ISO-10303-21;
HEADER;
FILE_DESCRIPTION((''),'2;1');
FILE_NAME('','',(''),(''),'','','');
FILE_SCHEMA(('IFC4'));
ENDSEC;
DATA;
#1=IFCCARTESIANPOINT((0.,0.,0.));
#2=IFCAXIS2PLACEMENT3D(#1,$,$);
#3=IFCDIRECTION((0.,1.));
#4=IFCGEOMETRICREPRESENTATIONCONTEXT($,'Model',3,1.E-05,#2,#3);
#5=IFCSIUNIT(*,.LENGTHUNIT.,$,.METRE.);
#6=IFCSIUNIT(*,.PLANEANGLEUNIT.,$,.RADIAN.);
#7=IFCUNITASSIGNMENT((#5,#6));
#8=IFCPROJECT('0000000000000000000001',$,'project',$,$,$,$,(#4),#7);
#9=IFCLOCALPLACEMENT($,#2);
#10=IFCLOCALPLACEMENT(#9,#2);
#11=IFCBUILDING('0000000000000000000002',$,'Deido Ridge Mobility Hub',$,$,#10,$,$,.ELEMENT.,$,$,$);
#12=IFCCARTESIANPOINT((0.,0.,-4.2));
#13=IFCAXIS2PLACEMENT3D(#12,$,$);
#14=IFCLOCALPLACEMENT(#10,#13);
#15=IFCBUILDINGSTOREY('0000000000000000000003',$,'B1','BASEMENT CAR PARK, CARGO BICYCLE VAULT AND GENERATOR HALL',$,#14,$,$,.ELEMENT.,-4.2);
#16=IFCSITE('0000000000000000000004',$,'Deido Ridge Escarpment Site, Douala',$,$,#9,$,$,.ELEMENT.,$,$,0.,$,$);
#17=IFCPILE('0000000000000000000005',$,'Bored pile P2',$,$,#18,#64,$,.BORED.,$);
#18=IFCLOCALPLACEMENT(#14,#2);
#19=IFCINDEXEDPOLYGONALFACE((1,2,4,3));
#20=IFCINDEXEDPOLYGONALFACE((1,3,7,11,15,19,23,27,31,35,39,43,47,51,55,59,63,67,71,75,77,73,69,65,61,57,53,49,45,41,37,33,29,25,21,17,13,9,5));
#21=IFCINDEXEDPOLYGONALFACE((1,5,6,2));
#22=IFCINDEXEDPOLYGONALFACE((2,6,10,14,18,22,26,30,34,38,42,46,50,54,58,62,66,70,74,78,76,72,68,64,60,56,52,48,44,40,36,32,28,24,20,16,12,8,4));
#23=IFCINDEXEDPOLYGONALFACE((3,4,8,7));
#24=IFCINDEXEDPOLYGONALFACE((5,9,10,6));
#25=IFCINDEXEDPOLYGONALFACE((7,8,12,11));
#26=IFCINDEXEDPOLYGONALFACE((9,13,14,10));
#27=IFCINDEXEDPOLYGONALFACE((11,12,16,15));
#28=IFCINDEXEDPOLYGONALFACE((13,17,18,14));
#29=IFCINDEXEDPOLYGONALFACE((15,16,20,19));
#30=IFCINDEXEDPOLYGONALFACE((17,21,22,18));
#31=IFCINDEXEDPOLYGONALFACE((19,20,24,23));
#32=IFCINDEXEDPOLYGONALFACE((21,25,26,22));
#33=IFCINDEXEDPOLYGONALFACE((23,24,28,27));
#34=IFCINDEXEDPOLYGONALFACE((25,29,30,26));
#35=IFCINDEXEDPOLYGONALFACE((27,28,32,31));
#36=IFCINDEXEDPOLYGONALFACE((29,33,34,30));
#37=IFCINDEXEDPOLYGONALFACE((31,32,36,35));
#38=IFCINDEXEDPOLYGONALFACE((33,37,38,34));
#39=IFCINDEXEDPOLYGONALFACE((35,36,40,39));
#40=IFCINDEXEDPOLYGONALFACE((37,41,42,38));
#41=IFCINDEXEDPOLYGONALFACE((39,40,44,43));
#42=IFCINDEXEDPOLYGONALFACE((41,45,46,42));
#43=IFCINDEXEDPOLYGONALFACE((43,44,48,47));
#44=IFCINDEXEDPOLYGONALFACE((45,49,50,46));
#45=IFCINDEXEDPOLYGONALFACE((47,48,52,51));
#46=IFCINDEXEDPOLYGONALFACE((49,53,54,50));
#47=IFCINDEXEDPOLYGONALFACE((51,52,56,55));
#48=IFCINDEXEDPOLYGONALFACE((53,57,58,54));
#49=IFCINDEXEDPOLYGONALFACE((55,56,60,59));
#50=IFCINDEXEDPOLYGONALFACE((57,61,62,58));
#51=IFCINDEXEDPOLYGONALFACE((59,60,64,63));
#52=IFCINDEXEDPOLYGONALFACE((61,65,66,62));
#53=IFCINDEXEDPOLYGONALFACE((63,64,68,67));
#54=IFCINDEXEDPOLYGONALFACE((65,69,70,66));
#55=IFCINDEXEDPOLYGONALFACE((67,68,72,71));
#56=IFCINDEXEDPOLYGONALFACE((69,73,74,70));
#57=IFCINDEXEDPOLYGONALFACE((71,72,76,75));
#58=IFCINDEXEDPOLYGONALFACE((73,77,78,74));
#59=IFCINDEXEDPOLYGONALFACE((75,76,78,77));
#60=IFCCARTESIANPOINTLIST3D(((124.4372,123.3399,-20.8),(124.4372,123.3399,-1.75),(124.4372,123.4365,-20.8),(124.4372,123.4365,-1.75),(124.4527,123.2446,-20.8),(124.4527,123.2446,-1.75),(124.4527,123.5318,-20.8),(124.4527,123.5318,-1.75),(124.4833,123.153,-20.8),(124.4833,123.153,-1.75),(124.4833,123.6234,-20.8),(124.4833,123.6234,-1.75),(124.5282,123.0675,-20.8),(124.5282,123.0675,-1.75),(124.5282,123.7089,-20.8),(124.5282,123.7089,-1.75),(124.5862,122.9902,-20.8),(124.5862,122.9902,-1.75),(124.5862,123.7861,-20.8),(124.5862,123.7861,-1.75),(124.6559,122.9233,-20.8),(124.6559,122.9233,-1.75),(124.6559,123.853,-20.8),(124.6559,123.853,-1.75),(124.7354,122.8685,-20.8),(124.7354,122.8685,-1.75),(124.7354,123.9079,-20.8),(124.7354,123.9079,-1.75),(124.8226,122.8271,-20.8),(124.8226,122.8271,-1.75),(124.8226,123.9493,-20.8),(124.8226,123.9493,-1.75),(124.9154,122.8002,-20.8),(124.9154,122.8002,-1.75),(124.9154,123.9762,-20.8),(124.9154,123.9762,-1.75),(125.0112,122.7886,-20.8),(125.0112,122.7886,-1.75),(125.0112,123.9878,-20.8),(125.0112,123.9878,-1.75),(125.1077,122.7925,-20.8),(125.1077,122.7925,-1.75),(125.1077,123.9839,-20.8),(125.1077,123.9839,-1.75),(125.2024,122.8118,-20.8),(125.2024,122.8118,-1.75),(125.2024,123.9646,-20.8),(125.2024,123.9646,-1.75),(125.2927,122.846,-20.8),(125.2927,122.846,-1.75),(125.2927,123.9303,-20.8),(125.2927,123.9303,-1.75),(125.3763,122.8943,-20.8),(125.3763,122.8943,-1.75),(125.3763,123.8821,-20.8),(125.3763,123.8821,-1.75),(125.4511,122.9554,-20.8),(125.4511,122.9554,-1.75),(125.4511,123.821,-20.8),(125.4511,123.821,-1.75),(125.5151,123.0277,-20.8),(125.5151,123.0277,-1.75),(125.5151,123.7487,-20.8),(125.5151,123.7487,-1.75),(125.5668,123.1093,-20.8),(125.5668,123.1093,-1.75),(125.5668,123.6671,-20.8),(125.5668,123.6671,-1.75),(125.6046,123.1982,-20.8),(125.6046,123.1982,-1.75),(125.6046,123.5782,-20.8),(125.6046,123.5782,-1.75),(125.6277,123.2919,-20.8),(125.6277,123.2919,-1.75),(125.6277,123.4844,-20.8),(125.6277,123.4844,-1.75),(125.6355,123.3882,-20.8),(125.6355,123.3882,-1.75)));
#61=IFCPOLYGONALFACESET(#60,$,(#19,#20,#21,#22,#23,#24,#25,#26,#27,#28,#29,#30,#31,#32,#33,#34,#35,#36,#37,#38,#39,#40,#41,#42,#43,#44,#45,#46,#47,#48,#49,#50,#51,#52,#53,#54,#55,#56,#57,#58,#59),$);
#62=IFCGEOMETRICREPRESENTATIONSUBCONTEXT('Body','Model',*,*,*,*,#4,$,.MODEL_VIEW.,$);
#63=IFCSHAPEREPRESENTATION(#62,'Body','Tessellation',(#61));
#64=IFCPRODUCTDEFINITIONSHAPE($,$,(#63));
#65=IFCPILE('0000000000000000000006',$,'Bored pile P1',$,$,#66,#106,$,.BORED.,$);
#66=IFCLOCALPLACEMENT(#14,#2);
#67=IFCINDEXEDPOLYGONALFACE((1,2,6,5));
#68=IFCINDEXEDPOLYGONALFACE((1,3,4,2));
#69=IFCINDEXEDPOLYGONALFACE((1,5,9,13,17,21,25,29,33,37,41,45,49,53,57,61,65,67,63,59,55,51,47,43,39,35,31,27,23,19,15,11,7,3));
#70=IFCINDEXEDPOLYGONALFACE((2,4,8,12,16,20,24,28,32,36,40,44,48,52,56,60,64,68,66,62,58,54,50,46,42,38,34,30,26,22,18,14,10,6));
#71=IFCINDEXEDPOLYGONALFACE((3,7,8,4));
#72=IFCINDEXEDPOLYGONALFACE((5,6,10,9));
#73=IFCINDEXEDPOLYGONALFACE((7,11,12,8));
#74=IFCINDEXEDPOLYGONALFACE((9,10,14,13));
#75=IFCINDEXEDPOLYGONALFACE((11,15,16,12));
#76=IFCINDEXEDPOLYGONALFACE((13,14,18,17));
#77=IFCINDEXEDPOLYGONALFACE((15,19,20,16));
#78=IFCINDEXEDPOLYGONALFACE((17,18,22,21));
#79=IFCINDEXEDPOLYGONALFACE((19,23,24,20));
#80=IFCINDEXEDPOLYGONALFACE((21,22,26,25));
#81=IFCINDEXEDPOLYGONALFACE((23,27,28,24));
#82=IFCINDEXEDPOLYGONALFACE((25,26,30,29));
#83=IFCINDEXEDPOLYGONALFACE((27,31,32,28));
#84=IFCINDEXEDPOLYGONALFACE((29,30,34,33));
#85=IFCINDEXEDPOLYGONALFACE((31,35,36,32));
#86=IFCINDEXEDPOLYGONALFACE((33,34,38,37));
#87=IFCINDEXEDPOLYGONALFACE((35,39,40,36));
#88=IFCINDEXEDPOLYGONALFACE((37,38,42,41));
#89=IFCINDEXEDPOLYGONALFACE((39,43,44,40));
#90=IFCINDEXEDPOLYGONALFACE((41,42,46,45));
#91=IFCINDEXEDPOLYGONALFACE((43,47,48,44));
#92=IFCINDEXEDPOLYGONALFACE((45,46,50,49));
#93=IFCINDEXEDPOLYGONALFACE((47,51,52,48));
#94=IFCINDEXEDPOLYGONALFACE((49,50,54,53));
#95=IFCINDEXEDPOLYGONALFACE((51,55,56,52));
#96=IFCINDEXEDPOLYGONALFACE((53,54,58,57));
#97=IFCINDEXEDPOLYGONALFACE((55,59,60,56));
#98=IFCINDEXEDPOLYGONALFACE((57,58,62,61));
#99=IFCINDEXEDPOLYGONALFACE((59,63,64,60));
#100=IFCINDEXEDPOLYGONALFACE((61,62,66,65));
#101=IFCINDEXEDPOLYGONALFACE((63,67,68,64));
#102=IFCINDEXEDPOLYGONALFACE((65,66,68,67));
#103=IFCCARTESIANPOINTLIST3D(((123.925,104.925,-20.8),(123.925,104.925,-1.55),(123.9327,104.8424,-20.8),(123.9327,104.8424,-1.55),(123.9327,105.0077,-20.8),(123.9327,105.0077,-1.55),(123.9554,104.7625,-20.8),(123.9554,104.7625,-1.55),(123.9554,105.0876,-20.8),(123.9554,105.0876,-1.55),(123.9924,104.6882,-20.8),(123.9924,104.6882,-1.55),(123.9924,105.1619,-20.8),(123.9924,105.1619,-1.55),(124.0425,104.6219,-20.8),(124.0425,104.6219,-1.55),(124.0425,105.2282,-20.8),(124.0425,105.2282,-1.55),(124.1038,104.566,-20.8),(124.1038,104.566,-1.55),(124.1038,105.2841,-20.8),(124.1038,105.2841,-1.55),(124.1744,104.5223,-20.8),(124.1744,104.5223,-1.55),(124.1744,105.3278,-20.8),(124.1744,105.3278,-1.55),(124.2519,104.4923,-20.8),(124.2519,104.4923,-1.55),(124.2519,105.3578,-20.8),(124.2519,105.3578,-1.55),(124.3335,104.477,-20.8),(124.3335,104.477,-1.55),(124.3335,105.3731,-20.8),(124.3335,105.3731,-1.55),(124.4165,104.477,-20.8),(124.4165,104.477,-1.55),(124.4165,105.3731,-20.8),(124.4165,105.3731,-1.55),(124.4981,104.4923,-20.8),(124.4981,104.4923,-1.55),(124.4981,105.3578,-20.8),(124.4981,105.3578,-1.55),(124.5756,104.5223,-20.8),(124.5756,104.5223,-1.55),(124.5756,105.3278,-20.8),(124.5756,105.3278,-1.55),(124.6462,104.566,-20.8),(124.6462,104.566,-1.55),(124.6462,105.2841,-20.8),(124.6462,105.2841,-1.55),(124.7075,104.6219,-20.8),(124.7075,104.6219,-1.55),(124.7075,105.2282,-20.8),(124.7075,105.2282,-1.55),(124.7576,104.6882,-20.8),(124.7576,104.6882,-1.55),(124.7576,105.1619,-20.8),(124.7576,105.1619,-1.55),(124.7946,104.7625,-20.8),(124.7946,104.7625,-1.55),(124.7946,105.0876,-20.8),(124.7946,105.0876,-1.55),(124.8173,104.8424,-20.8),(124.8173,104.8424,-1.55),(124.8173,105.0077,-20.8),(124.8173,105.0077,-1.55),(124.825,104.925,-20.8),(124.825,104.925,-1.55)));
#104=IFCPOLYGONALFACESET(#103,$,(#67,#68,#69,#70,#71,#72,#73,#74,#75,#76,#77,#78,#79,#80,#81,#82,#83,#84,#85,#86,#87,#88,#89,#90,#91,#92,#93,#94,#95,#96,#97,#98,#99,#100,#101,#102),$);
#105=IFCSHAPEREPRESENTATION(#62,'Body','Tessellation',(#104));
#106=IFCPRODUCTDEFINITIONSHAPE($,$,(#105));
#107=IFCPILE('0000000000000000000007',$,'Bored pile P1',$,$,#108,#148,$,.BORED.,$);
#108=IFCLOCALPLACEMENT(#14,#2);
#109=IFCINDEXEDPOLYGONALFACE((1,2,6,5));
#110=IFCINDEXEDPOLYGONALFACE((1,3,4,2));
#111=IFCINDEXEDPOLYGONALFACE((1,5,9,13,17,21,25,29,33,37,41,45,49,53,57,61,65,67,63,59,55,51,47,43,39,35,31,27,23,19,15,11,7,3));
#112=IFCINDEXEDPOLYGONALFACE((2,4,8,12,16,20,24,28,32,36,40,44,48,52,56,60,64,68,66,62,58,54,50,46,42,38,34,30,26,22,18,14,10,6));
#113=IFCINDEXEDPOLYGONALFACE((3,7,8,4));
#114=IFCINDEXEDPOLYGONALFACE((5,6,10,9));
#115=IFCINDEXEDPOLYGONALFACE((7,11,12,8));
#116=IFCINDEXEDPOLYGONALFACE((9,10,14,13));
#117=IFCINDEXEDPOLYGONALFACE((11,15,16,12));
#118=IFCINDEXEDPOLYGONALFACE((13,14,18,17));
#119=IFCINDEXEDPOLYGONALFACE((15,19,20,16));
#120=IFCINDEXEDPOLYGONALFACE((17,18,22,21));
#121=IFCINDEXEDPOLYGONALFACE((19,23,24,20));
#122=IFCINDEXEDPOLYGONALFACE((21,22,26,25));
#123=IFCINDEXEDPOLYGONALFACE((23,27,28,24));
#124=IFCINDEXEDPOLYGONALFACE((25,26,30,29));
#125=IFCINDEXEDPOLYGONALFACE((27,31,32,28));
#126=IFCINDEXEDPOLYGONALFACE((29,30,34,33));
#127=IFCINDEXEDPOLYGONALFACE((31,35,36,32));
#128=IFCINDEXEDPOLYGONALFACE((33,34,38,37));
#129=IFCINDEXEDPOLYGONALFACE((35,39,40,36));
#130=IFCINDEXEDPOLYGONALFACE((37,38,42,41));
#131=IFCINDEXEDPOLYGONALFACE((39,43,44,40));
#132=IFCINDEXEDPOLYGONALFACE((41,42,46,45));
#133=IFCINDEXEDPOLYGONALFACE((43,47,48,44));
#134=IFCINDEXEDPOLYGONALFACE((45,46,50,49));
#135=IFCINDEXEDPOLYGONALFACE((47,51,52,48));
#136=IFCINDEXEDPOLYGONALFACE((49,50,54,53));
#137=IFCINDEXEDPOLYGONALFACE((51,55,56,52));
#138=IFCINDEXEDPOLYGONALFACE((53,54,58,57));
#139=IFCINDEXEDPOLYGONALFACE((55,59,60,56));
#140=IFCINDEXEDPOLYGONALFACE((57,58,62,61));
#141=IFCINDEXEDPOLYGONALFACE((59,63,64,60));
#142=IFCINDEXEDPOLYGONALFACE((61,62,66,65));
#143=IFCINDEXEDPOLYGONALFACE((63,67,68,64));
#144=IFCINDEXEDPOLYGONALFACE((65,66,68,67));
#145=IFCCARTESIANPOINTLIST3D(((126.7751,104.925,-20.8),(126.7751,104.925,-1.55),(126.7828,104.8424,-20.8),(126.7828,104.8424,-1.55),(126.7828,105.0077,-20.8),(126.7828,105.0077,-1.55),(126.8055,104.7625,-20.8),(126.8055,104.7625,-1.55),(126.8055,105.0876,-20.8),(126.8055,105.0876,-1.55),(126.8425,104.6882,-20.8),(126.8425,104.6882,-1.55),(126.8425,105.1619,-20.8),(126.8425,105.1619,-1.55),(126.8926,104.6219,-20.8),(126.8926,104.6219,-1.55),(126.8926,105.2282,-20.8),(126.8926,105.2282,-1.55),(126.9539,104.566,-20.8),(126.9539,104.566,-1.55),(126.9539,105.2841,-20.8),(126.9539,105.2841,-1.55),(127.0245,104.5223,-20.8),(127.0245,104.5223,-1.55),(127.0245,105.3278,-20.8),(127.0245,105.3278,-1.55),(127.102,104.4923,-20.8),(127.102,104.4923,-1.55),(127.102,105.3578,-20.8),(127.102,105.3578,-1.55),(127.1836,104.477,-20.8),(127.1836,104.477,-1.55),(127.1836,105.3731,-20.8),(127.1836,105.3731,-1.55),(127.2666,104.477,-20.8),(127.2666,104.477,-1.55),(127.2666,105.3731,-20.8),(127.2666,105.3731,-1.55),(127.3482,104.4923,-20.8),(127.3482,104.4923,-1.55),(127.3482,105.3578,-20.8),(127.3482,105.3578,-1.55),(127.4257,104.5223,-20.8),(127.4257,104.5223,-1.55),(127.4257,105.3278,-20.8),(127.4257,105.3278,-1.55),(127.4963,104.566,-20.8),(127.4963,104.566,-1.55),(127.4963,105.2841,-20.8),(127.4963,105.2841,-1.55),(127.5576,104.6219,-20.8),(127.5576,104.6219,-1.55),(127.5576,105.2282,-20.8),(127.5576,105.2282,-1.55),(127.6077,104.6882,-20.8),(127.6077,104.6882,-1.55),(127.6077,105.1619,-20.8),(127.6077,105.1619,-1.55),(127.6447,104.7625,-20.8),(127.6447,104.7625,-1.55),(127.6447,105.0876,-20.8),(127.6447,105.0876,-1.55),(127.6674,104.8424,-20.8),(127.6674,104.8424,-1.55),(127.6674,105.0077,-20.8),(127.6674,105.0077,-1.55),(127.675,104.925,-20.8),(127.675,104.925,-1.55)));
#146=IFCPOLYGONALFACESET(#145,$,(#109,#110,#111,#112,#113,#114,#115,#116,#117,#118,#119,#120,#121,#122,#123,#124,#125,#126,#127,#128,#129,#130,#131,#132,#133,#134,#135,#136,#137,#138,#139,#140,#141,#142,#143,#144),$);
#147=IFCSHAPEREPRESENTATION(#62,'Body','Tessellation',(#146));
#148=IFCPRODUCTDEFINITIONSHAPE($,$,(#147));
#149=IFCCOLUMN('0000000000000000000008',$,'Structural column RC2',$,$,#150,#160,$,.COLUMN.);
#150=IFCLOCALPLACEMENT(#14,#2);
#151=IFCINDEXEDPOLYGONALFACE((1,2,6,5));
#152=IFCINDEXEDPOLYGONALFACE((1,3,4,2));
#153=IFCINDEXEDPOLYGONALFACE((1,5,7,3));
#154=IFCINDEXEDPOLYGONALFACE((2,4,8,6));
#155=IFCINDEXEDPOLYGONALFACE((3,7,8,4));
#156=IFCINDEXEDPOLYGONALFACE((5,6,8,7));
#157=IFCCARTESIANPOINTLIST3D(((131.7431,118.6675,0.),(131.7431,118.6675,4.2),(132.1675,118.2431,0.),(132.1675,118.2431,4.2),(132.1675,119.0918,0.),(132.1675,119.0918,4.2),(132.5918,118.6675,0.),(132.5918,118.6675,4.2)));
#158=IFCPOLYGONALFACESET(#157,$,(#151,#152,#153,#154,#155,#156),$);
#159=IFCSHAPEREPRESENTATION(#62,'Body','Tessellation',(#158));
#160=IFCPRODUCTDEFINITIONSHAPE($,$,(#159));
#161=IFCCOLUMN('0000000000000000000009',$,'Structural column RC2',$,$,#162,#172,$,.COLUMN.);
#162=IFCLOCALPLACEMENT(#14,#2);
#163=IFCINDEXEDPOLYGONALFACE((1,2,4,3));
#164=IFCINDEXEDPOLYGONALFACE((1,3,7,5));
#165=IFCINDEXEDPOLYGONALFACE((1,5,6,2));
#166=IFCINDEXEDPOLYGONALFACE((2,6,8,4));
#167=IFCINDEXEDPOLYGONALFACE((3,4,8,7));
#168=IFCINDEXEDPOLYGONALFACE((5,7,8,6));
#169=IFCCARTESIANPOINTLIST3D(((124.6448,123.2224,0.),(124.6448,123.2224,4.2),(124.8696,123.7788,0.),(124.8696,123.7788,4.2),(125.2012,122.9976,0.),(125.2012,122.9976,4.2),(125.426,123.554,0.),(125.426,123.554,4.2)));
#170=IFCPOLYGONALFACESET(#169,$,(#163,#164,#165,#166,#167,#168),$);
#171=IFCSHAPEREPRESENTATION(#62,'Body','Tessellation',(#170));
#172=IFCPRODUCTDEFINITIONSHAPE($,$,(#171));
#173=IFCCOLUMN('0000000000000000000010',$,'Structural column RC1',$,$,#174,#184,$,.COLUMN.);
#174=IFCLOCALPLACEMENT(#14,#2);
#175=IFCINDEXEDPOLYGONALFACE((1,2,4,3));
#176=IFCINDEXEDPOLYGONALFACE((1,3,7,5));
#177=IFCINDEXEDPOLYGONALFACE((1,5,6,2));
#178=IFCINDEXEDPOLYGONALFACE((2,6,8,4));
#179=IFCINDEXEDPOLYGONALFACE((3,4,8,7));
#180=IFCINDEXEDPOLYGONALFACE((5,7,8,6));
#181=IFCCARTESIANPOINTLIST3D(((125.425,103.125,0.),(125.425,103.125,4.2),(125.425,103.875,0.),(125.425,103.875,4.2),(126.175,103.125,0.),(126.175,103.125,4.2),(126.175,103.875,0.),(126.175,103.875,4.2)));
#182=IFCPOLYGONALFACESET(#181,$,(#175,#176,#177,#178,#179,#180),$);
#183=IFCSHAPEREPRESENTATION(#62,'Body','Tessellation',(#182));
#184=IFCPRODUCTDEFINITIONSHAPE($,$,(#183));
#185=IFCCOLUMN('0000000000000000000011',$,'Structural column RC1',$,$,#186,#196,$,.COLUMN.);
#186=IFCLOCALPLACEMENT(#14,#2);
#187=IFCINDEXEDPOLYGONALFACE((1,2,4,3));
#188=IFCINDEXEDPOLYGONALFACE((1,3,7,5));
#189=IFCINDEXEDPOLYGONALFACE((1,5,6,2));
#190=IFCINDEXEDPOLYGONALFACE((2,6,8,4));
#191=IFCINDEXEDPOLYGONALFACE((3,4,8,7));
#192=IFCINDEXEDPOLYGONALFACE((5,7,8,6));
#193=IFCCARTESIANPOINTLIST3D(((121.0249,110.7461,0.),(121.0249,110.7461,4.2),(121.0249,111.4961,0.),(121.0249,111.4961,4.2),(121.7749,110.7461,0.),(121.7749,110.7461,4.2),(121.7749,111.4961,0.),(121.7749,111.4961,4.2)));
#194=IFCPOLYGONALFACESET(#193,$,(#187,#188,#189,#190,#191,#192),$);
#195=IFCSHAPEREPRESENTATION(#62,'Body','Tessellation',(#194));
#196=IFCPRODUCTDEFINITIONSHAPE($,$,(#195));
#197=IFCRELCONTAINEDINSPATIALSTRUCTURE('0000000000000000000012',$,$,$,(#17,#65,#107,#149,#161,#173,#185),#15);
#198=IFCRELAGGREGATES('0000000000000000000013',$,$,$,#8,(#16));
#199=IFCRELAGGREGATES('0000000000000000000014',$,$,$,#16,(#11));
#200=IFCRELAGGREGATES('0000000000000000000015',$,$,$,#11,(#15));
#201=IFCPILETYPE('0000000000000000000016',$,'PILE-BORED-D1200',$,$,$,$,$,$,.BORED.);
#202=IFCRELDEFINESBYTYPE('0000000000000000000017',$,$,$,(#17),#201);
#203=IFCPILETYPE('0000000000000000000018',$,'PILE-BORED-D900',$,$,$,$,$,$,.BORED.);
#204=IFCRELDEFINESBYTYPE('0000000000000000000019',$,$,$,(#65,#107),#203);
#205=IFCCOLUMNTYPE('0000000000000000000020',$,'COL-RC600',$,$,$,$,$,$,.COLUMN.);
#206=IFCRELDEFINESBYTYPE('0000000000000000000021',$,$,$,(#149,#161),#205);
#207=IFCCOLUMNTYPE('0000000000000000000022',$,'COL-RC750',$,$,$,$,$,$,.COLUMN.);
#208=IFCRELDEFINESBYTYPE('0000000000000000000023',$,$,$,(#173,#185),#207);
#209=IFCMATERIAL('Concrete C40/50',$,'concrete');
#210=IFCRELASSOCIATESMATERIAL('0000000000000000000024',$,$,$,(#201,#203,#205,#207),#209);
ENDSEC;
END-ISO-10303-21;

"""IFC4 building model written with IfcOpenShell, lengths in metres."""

from ifc_helpers import new_model, si_unit, direction, frame, origin, origin_2d, place, context, subcontext, project, spatial, rectangle, circle, extrude, material, material_profile, profile_set, type_object, element, save


model = new_model("IFC4")

# Units and contexts
model_context = context("Model", 3, precision=1e-05, world=origin(), true_north=direction((0.0, 1.0)))
body_context = subcontext(model_context, "Body", "Model", "MODEL_VIEW")
ifc_project = project(units=[si_unit("LENGTHUNIT", "METRE"), si_unit("PLANEANGLEUNIT", "RADIAN")], contexts=[model_context])

# Site, building, storey
site_placement = place(None, origin())
site = spatial("IfcSite", under=ifc_project, at=site_placement, Name="Deido Ridge Escarpment Site, Douala", CompositionType="ELEMENT", RefElevation=0.0)
building_placement = place(site_placement, origin())
building = spatial("IfcBuilding", under=site, at=building_placement, Name="Deido Ridge Mobility Hub", CompositionType="ELEMENT")
storey_placement = place(building_placement, frame((0.0, 0.0, -4.2)))
storey = spatial("IfcBuildingStorey", under=building, at=storey_placement, Name="B1", Description="BASEMENT CAR PARK, CARGO BICYCLE VAULT AND GENERATOR HALL", CompositionType="ELEMENT", Elevation=-4.2)

# Shared definitions
ifc_material = material(Name="Concrete C40/50", Category="concrete")

# Piles
ifc_material_profile_1 = material_profile(ifc_material, circle(Radius=0.6001, at=origin_2d()), Name="BORED PILE D1200")
ifc_profile_set_1 = profile_set([ifc_material_profile_1], Name="Concrete C40/50")
pile_type_1 = type_object("IfcPileType", Name="PILE-BORED-D1200", PredefinedType="BORED", material=ifc_profile_set_1)
pile_1_placement = place(storey_placement, frame((125.0354, 123.3882, -1.75), z_axis=(0.0, 0.0, -1.0), x_axis=(1.0, 0.0, 0.0)))
element("IfcPile", 1, at=pile_1_placement, inside=storey, type_object=pile_type_1, Name="Bored pile P2", PredefinedType="BORED", context=body_context, shape_type="SweptSolid", body=[
    extrude(circle(Radius=0.6001, at=origin_2d()), origin(), (0.0, 0.0, 1.0), 19.05),
])
ifc_material_profile_2 = material_profile(ifc_material, circle(Radius=0.45, at=origin_2d()), Name="BORED PILE D900")
ifc_profile_set_2 = profile_set([ifc_material_profile_2], Name="Concrete C40/50")
pile_type_2 = type_object("IfcPileType", Name="PILE-BORED-D900", PredefinedType="BORED", material=ifc_profile_set_2)
for number, where, z_axis, x_axis, name in (
    (2, (124.375, 104.925, -1.55), (0.0, 0.0, -1.0), (1.0, 0.0, 0.0), "Bored pile P1"),
    (3, (127.2251, 104.925, -1.55), (0.0, 0.0, -1.0), (1.0, 0.0, 0.0), "Bored pile P1"),
):
    element("IfcPile", number, at=place(storey_placement, frame(where, z_axis=z_axis, x_axis=x_axis)), inside=storey, type_object=pile_type_2, Name=name, PredefinedType="BORED", context=body_context, shape_type="SweptSolid", body=[
        extrude(circle(Radius=0.45, at=origin_2d()), origin(), (0.0, 0.0, 1.0), 19.25),
    ])

# Columns
ifc_material_profile_3 = material_profile(ifc_material, rectangle(XDim=0.6001, YDim=0.6001, at=origin_2d()), Name="RC COL 600x600")
ifc_profile_set_3 = profile_set([ifc_material_profile_3], Name="Concrete C40/50")
column_type_1 = type_object("IfcColumnType", Name="COL-RC600", PredefinedType="COLUMN", material=ifc_profile_set_3)
for number, where, z_axis, x_axis, name in (
    (4, (132.1675, 118.6675, 0.0), (0.0, 0.0, 1.0), (0.707107, 0.707107, 0.0), "Structural column RC2"),
    (5, (125.0354, 123.3882, 0.0), (0.0, 0.0, 1.0), (0.374607, 0.927184, 0.0), "Structural column RC2"),
):
    element("IfcColumn", number, at=place(storey_placement, frame(where, z_axis=z_axis, x_axis=x_axis)), inside=storey, type_object=column_type_1, Name=name, PredefinedType="COLUMN", context=body_context, shape_type="SweptSolid", body=[
        extrude(rectangle(XDim=0.6001, YDim=0.6001, at=origin_2d()), origin(), (0.0, 0.0, 1.0), 4.2),
    ])
ifc_material_profile_4 = material_profile(ifc_material, rectangle(XDim=0.75, YDim=0.75, at=origin_2d()), Name="RC COL 750x750")
ifc_profile_set_4 = profile_set([ifc_material_profile_4], Name="Concrete C40/50")
column_type_2 = type_object("IfcColumnType", Name="COL-RC750", PredefinedType="COLUMN", material=ifc_profile_set_4)
for number, where, z_axis, x_axis, name in (
    (6, (125.8, 103.5, 0.0), (0.0, 0.0, 1.0), (1.0, 0.0, 0.0), "Structural column RC1"),
    (7, (121.3999, 111.1211, 0.0), (0.0, 0.0, 1.0), (1.0, 0.0, 0.0), "Structural column RC1"),
):
    element("IfcColumn", number, at=place(storey_placement, frame(where, z_axis=z_axis, x_axis=x_axis)), inside=storey, type_object=column_type_2, Name=name, PredefinedType="COLUMN", context=body_context, shape_type="SweptSolid", body=[
        extrude(rectangle(XDim=0.75, YDim=0.75, at=origin_2d()), origin(), (0.0, 0.0, 1.0), 4.2),
    ])

save(model, "model.ifc")
